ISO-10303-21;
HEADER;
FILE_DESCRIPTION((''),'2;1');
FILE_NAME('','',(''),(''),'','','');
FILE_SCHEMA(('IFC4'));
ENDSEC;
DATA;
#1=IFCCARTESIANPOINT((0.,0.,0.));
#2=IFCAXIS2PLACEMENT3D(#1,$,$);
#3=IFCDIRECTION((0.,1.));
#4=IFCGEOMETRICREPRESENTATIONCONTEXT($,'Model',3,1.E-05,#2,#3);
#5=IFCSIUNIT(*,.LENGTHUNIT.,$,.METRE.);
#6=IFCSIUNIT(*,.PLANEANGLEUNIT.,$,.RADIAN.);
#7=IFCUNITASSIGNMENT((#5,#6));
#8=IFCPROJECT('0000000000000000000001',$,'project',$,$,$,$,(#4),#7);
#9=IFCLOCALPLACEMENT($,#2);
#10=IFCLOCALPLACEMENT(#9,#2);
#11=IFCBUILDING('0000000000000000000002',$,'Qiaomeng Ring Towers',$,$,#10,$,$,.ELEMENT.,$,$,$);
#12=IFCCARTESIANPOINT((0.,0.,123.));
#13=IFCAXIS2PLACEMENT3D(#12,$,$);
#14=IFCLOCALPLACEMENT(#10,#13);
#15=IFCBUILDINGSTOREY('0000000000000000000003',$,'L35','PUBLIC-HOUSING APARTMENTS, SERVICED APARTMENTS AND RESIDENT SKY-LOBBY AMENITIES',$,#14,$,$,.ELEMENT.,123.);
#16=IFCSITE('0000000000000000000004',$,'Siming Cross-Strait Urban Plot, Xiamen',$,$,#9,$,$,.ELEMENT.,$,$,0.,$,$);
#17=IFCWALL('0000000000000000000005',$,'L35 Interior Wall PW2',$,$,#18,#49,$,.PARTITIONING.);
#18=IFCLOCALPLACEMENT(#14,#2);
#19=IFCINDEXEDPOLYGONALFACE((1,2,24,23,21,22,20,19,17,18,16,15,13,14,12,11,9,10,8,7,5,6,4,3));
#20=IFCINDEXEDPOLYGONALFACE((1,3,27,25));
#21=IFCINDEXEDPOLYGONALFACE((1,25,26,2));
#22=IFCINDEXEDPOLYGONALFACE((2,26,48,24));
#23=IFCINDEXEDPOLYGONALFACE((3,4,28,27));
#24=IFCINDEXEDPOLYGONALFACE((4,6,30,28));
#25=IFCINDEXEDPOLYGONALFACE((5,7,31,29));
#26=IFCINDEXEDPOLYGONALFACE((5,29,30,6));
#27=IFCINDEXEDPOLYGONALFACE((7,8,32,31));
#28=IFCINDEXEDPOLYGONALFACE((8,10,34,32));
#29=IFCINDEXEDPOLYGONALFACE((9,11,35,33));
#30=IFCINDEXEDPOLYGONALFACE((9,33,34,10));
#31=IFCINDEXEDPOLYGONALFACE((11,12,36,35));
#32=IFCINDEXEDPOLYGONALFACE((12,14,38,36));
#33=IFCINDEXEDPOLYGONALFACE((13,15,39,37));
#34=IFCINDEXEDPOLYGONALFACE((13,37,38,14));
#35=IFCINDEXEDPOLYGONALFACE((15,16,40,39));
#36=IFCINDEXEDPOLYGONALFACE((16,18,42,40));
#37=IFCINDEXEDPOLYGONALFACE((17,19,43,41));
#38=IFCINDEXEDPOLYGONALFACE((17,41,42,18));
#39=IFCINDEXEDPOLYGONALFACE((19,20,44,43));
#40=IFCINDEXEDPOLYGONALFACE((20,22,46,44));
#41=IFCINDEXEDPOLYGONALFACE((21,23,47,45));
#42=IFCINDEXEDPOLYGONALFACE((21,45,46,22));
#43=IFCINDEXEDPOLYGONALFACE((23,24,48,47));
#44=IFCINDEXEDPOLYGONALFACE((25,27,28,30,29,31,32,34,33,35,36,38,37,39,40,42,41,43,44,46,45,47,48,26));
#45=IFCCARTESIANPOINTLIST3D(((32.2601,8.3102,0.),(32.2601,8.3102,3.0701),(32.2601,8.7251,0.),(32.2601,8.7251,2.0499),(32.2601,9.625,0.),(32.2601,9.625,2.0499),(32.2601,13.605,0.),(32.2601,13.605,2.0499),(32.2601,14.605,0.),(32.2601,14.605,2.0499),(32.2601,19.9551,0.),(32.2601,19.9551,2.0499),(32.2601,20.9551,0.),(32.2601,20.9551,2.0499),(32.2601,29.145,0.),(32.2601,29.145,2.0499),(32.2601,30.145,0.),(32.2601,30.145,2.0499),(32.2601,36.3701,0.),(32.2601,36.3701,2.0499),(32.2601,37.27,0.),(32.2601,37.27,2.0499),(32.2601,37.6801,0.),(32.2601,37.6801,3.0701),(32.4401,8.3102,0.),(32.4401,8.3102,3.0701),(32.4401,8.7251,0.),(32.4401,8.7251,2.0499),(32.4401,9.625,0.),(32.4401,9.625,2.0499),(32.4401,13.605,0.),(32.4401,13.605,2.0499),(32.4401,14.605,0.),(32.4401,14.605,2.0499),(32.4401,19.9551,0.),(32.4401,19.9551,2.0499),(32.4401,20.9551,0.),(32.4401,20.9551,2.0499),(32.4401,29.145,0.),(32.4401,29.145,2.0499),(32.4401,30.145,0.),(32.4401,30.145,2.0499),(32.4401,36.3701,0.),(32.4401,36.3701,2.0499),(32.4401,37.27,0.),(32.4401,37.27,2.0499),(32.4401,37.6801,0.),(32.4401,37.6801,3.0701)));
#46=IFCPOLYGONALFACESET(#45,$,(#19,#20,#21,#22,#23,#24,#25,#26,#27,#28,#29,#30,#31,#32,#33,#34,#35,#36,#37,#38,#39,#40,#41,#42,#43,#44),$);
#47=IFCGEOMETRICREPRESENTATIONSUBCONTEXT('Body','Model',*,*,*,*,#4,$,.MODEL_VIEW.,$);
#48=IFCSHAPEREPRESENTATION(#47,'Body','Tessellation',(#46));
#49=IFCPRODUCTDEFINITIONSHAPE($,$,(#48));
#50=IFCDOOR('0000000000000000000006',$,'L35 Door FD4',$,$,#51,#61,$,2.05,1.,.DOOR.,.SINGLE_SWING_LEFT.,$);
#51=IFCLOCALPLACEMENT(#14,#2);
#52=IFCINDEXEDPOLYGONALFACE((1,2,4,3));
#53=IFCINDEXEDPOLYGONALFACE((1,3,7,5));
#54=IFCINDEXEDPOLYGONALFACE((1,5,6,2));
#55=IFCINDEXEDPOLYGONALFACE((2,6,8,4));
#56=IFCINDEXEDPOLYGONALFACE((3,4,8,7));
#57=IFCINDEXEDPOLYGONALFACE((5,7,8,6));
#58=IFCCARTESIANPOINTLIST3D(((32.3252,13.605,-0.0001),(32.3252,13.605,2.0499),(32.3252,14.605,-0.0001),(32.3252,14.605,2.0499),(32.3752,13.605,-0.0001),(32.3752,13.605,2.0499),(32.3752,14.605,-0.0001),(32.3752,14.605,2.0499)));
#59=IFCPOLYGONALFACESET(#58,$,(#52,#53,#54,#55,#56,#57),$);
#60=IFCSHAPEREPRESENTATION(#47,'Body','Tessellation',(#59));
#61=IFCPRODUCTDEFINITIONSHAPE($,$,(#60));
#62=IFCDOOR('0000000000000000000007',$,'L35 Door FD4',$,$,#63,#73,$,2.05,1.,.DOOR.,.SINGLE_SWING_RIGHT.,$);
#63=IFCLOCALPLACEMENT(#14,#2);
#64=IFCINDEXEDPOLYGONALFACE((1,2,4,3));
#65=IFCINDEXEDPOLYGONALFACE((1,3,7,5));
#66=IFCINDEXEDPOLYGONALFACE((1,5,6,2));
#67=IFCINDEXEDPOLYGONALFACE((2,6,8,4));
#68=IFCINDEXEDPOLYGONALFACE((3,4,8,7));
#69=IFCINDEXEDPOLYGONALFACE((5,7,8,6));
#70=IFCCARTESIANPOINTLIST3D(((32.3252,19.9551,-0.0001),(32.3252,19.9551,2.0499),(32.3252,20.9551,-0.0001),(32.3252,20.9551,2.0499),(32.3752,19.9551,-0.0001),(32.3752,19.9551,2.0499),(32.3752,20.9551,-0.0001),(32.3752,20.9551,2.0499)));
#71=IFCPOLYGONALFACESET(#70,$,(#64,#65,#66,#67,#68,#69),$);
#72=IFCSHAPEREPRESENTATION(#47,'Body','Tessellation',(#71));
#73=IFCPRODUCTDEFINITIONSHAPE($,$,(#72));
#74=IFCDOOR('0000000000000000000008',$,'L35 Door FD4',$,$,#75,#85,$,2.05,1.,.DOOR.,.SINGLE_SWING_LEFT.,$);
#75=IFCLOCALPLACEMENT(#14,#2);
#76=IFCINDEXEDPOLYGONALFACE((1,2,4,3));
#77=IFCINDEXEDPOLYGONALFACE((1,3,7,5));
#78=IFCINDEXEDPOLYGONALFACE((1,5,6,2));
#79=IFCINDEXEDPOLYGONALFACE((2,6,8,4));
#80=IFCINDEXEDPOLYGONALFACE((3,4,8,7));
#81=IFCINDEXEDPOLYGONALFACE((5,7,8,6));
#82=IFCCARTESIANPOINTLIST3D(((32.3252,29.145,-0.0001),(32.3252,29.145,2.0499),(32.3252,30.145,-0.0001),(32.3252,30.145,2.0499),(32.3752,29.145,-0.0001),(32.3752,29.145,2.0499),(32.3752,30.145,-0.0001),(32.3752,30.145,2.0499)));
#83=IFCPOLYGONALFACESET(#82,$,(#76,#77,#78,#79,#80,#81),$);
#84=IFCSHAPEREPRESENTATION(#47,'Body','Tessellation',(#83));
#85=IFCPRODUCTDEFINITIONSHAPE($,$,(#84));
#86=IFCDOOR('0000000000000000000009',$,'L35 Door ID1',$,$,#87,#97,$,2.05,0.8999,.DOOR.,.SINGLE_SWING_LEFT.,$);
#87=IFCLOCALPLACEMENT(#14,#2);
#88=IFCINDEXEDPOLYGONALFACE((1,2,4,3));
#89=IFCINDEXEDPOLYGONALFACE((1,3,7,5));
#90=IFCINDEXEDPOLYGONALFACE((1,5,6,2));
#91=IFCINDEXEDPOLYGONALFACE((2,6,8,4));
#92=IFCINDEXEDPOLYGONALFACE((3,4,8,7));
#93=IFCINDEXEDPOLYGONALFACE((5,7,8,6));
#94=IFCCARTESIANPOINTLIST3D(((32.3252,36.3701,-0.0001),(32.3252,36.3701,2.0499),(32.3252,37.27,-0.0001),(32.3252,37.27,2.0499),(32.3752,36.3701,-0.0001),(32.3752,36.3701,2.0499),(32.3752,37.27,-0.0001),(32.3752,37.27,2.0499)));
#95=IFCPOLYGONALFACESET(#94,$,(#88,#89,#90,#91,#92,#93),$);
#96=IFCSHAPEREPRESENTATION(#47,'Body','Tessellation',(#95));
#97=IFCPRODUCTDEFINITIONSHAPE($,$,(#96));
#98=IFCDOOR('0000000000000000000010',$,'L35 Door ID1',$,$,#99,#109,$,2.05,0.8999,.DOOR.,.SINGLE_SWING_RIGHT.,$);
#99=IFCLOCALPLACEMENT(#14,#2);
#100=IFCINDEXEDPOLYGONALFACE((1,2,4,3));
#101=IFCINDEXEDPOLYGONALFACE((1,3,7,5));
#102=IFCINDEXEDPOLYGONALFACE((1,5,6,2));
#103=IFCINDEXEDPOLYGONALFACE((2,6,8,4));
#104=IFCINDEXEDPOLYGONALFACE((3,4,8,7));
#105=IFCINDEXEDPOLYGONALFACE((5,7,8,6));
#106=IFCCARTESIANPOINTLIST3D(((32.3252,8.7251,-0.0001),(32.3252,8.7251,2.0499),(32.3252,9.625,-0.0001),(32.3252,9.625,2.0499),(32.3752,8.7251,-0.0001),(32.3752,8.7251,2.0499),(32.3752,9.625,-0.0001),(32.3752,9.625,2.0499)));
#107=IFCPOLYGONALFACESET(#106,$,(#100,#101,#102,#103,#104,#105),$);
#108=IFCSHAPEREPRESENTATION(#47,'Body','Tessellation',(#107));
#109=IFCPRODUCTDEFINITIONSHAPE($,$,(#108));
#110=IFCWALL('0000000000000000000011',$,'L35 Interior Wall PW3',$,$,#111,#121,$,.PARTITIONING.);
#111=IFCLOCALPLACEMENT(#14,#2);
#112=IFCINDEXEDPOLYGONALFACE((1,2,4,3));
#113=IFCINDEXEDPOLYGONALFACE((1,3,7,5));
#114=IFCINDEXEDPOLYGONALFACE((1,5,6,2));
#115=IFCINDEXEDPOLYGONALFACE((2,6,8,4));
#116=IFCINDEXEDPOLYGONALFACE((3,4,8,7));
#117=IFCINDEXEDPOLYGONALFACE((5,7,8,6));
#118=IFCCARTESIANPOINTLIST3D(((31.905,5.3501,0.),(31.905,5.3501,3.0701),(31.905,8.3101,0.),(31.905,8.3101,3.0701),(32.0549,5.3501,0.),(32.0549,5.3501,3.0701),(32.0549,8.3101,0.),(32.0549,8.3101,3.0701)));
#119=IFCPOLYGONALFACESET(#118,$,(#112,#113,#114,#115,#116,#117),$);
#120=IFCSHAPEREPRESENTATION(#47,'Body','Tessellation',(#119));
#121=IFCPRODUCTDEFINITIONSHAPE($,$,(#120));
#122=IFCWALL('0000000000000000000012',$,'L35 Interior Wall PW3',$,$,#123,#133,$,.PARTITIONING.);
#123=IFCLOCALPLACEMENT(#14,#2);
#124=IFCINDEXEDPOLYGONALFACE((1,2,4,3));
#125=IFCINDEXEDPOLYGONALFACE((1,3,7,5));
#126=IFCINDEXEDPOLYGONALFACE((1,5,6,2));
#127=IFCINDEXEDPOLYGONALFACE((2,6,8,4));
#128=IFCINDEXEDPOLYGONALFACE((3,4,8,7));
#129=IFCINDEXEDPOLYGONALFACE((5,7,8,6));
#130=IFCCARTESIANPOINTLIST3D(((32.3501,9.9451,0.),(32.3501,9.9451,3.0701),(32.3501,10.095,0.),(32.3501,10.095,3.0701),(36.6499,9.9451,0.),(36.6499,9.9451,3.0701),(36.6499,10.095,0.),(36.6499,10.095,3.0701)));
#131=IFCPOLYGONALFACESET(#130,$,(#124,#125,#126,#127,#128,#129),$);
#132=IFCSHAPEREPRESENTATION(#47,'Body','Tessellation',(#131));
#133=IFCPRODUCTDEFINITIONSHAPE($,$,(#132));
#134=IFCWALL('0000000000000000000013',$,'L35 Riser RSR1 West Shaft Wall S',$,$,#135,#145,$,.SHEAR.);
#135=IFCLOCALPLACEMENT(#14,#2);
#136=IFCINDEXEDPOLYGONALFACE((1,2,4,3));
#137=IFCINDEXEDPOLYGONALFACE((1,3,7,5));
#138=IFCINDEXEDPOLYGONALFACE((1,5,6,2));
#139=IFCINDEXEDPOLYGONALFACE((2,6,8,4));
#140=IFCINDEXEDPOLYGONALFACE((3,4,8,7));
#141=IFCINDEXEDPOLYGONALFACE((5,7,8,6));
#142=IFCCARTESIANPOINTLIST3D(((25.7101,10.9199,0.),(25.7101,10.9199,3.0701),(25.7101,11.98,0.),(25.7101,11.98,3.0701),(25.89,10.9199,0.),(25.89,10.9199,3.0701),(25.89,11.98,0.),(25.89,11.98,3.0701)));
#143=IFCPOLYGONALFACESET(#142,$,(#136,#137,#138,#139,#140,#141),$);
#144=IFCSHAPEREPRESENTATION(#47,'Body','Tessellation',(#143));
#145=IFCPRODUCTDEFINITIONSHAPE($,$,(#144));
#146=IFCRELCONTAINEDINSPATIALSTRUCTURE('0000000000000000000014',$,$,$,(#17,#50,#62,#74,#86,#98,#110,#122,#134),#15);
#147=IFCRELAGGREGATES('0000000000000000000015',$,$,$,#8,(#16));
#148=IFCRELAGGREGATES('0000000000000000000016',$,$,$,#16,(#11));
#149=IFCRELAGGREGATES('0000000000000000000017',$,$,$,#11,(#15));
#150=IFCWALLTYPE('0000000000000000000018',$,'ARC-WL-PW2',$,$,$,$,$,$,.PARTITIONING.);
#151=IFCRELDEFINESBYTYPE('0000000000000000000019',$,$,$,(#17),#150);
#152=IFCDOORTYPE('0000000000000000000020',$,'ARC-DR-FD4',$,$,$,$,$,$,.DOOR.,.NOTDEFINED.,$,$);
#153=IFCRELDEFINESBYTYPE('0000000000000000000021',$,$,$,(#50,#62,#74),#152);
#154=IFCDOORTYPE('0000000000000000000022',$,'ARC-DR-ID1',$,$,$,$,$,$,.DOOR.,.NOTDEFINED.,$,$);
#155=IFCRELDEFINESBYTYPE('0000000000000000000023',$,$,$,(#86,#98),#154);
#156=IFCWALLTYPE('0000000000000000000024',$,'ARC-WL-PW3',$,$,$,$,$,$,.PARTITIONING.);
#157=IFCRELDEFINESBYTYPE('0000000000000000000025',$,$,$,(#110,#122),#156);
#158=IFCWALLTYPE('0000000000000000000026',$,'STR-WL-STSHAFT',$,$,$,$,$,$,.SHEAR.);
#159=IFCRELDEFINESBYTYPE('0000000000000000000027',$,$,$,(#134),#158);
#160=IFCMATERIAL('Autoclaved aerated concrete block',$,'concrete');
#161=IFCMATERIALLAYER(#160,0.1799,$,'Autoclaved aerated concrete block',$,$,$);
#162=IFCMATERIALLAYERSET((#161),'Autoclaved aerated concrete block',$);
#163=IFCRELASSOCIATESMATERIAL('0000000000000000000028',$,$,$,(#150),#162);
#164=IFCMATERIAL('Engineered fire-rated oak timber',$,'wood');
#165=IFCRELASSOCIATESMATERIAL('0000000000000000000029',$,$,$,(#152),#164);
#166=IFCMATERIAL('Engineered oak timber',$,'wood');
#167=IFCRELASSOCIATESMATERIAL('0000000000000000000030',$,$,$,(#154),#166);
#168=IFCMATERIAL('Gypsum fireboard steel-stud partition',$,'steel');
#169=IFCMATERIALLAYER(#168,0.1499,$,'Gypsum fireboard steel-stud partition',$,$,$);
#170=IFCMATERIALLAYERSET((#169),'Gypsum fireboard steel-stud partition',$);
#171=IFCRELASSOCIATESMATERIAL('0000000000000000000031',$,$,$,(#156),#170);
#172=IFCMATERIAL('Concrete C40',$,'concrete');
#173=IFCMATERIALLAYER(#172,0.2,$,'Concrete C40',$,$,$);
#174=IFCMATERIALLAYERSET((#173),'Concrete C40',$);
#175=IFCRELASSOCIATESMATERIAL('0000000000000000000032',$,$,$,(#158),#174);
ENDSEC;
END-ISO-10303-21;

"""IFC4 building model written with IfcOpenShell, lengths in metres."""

from ifc_helpers import new_model, si_unit, direction, frame, frame_2d, origin, place, context, subcontext, project, spatial, rectangle, extrude, source, transform, mapped, material, layer, layer_set, type_object, element, fill, save


model = new_model("IFC4")

# Units and contexts
model_context = context("Model", 3, precision=1e-05, world=origin(), true_north=direction((0.0, 1.0)))
body_context = subcontext(model_context, "Body", "Model", "MODEL_VIEW")
ifc_project = project(units=[si_unit("LENGTHUNIT", "METRE"), si_unit("PLANEANGLEUNIT", "RADIAN")], contexts=[model_context])

# Site, building, storey
site_placement = place(None, origin())
site = spatial("IfcSite", under=ifc_project, at=site_placement, Name="Siming Cross-Strait Urban Plot, Xiamen", CompositionType="ELEMENT", RefElevation=0.0)
building_placement = place(site_placement, origin())
building = spatial("IfcBuilding", under=site, at=building_placement, Name="Qiaomeng Ring Towers", CompositionType="ELEMENT")
storey_placement = place(building_placement, frame((0.0, 0.0, 123.0)))
storey = spatial("IfcBuildingStorey", under=building, at=storey_placement, Name="L35", Description="PUBLIC-HOUSING APARTMENTS, SERVICED APARTMENTS AND RESIDENT SKY-LOBBY AMENITIES", CompositionType="ELEMENT", Elevation=123.0)

# Wall, openings, doors
ifc_material_1 = material(Name="Autoclaved aerated concrete block", Category="concrete")
ifc_layer_1 = layer(ifc_material_1, 0.1799, Name="Autoclaved aerated concrete block")
ifc_layer_set_1 = layer_set([ifc_layer_1], Name="Autoclaved aerated concrete block")
wall_type_1 = type_object("IfcWallType", Name="ARC-WL-PW2", PredefinedType="PARTITIONING", material=ifc_layer_set_1)
wall_1_placement = place(storey_placement, frame((32.3501, 8.3101, 0.0), z_axis=(0.0, 0.0, 1.0), x_axis=(0.0, 1.0, 0.0)))
wall_1 = element("IfcWall", 1, at=wall_1_placement, inside=storey, type_object=wall_type_1, Name="L35 Interior Wall PW2", PredefinedType="PARTITIONING", context=body_context, shape_type="SweptSolid", body=[
    extrude(rectangle(XDim=29.3699, YDim=0.1799, at=frame_2d((14.6851, 0.0))), origin(), (0.0, 0.0, 1.0), 3.0701),
])
opening_1_placement = place(wall_1_placement, frame((28.0601, 0.0, 0.0)))
opening_1 = element("IfcOpeningElement", 2, at=opening_1_placement, cuts=wall_1, PredefinedType="OPENING", context=body_context, shape_type="SweptSolid", body=[
    extrude(rectangle(XDim=0.8999, YDim=2.05, at=frame_2d((0.45, 1.0249))), frame((0.0, 0.0999, 0.0), z_axis=(0.0, -1.0, 0.0), x_axis=(1.0, 0.0, 0.0)), (0.0, 0.0, 1.0), 0.2),
])
opening_2_placement = place(wall_1_placement, frame((0.415, 0.0, 0.0)))
opening_2 = element("IfcOpeningElement", 3, at=opening_2_placement, cuts=wall_1, PredefinedType="OPENING", context=body_context, shape_type="SweptSolid", body=[
    extrude(rectangle(XDim=0.8999, YDim=2.05, at=frame_2d((0.45, 1.0249))), frame((0.0, 0.0999, 0.0), z_axis=(0.0, -1.0, 0.0), x_axis=(1.0, 0.0, 0.0)), (0.0, 0.0, 1.0), 0.2),
])
opening_3_placement = place(wall_1_placement, frame((5.2949, 0.0, 0.0)))
opening_3 = element("IfcOpeningElement", 4, at=opening_3_placement, cuts=wall_1, PredefinedType="OPENING", context=body_context, shape_type="SweptSolid", body=[
    extrude(rectangle(XDim=1.0, YDim=2.05, at=frame_2d((0.5, 1.0249))), frame((0.0, 0.0999, 0.0), z_axis=(0.0, -1.0, 0.0), x_axis=(1.0, 0.0, 0.0)), (0.0, 0.0, 1.0), 0.2),
])
opening_4_placement = place(wall_1_placement, frame((11.645, 0.0, 0.0)))
opening_4 = element("IfcOpeningElement", 5, at=opening_4_placement, cuts=wall_1, PredefinedType="OPENING", context=body_context, shape_type="SweptSolid", body=[
    extrude(rectangle(XDim=1.0, YDim=2.05, at=frame_2d((0.5, 1.0249))), frame((0.0, 0.0999, 0.0), z_axis=(0.0, -1.0, 0.0), x_axis=(1.0, 0.0, 0.0)), (0.0, 0.0, 1.0), 0.2),
])
opening_5_placement = place(wall_1_placement, frame((20.835, 0.0, 0.0)))
opening_5 = element("IfcOpeningElement", 6, at=opening_5_placement, cuts=wall_1, PredefinedType="OPENING", context=body_context, shape_type="SweptSolid", body=[
    extrude(rectangle(XDim=1.0, YDim=2.05, at=frame_2d((0.5, 1.0249))), frame((0.0, 0.0999, 0.0), z_axis=(0.0, -1.0, 0.0), x_axis=(1.0, 0.0, 0.0)), (0.0, 0.0, 1.0), 0.2),
])
ifc_material_2 = material(Name="Engineered fire-rated oak timber", Category="wood")
door_type_1 = type_object("IfcDoorType", Name="ARC-DR-FD4", OperationType="NOTDEFINED", PredefinedType="DOOR", material=ifc_material_2)
shared_shape_1 = source(origin(), body_context, "Body", "SweptSolid", [
    extrude(rectangle(XDim=1.0, YDim=2.05, at=frame_2d((0.5, 1.0249))), frame((0.0, 0.0249, 0.0), z_axis=(0.0, -1.0, 0.0), x_axis=(1.0, 0.0, 0.0)), (0.0, 0.0, 1.0), 0.05),
])
door_1_placement = place(opening_3_placement, origin())
door_1 = element("IfcDoor", 7, at=door_1_placement, inside=storey, type_object=door_type_1, Name="L35 Door FD4", OperationType="SINGLE_SWING_LEFT", OverallHeight=2.05, OverallWidth=1.0, PredefinedType="DOOR", context=body_context, shape_type="MappedRepresentation", body=[
    mapped(shared_shape_1, transform((0.0, 0.0, 0.0), x_axis=(1.0, 0.0, 0.0), y_axis=(0.0, 1.0, 0.0), z_axis=(0.0, 0.0, 1.0), scale=1.0)),
])
fill(opening_3, door_1)
door_2_placement = place(opening_4_placement, origin())
door_2 = element("IfcDoor", 8, at=door_2_placement, inside=storey, type_object=door_type_1, Name="L35 Door FD4", OperationType="SINGLE_SWING_RIGHT", OverallHeight=2.05, OverallWidth=1.0, PredefinedType="DOOR", context=body_context, shape_type="MappedRepresentation", body=[
    mapped(shared_shape_1, transform((0.0, 0.0, 0.0), x_axis=(1.0, 0.0, 0.0), y_axis=(0.0, 1.0, 0.0), z_axis=(0.0, 0.0, 1.0), scale=1.0)),
])
fill(opening_4, door_2)
door_3_placement = place(opening_5_placement, origin())
door_3 = element("IfcDoor", 9, at=door_3_placement, inside=storey, type_object=door_type_1, Name="L35 Door FD4", OperationType="SINGLE_SWING_LEFT", OverallHeight=2.05, OverallWidth=1.0, PredefinedType="DOOR", context=body_context, shape_type="MappedRepresentation", body=[
    mapped(shared_shape_1, transform((0.0, 0.0, 0.0), x_axis=(1.0, 0.0, 0.0), y_axis=(0.0, 1.0, 0.0), z_axis=(0.0, 0.0, 1.0), scale=1.0)),
])
fill(opening_5, door_3)
ifc_material_3 = material(Name="Engineered oak timber", Category="wood")
door_type_2 = type_object("IfcDoorType", Name="ARC-DR-ID1", OperationType="NOTDEFINED", PredefinedType="DOOR", material=ifc_material_3)
shared_shape_2 = source(origin(), body_context, "Body", "SweptSolid", [
    extrude(rectangle(XDim=0.8999, YDim=2.05, at=frame_2d((0.45, 1.0249))), frame((0.0, 0.0249, 0.0), z_axis=(0.0, -1.0, 0.0), x_axis=(1.0, 0.0, 0.0)), (0.0, 0.0, 1.0), 0.05),
])
door_4_placement = place(opening_1_placement, origin())
door_4 = element("IfcDoor", 10, at=door_4_placement, inside=storey, type_object=door_type_2, Name="L35 Door ID1", OperationType="SINGLE_SWING_LEFT", OverallHeight=2.05, OverallWidth=0.8999, PredefinedType="DOOR", context=body_context, shape_type="MappedRepresentation", body=[
    mapped(shared_shape_2, transform((0.0, 0.0, 0.0), x_axis=(1.0, 0.0, 0.0), y_axis=(0.0, 1.0, 0.0), z_axis=(0.0, 0.0, 1.0), scale=1.0)),
])
fill(opening_1, door_4)
door_5_placement = place(opening_2_placement, origin())
door_5 = element("IfcDoor", 11, at=door_5_placement, inside=storey, type_object=door_type_2, Name="L35 Door ID1", OperationType="SINGLE_SWING_RIGHT", OverallHeight=2.05, OverallWidth=0.8999, PredefinedType="DOOR", context=body_context, shape_type="MappedRepresentation", body=[
    mapped(shared_shape_2, transform((0.0, 0.0, 0.0), x_axis=(1.0, 0.0, 0.0), y_axis=(0.0, 1.0, 0.0), z_axis=(0.0, 0.0, 1.0), scale=1.0)),
])
fill(opening_2, door_5)

# Walls
ifc_material_4 = material(Name="Gypsum fireboard steel-stud partition", Category="steel")
ifc_layer_2 = layer(ifc_material_4, 0.1499, Name="Gypsum fireboard steel-stud partition")
ifc_layer_set_2 = layer_set([ifc_layer_2], Name="Gypsum fireboard steel-stud partition")
wall_type_2 = type_object("IfcWallType", Name="ARC-WL-PW3", PredefinedType="PARTITIONING", material=ifc_layer_set_2)
wall_2_placement = place(storey_placement, frame((31.98, 5.3501, 0.0), z_axis=(0.0, 0.0, 1.0), x_axis=(0.0, 1.0, 0.0)))
element("IfcWall", 12, at=wall_2_placement, inside=storey, type_object=wall_type_2, Name="L35 Interior Wall PW3", PredefinedType="PARTITIONING", context=body_context, shape_type="SweptSolid", body=[
    extrude(rectangle(XDim=2.96, YDim=0.1499, at=frame_2d((1.48, 0.0))), origin(), (0.0, 0.0, 1.0), 3.0701),
])
wall_3_placement = place(storey_placement, frame((32.3501, 10.02, 0.0), z_axis=(0.0, 0.0, 1.0), x_axis=(1.0, 0.0, 0.0)))
element("IfcWall", 13, at=wall_3_placement, inside=storey, type_object=wall_type_2, Name="L35 Interior Wall PW3", PredefinedType="PARTITIONING", context=body_context, shape_type="SweptSolid", body=[
    extrude(rectangle(XDim=4.2998, YDim=0.1499, at=frame_2d((2.1499, 0.0))), origin(), (0.0, 0.0, 1.0), 3.0701),
])
ifc_material_5 = material(Name="Concrete C40", Category="concrete")
ifc_layer_3 = layer(ifc_material_5, 0.2, Name="Concrete C40")
ifc_layer_set_3 = layer_set([ifc_layer_3], Name="Concrete C40")
wall_type_3 = type_object("IfcWallType", Name="STR-WL-STSHAFT", PredefinedType="SHEAR", material=ifc_layer_set_3)
wall_4_placement = place(storey_placement, frame((25.8, 10.9199, 0.0), z_axis=(0.0, 0.0, 1.0), x_axis=(0.0, 1.0, 0.0)))
element("IfcWall", 14, at=wall_4_placement, inside=storey, type_object=wall_type_3, Name="L35 Riser RSR1 West Shaft Wall S", PredefinedType="SHEAR", context=body_context, shape_type="SweptSolid", body=[
    extrude(rectangle(XDim=1.0601, YDim=0.1799, at=frame_2d((0.53, 0.0))), origin(), (0.0, 0.0, 1.0), 3.0701),
])

save(model, "model.ifc")
